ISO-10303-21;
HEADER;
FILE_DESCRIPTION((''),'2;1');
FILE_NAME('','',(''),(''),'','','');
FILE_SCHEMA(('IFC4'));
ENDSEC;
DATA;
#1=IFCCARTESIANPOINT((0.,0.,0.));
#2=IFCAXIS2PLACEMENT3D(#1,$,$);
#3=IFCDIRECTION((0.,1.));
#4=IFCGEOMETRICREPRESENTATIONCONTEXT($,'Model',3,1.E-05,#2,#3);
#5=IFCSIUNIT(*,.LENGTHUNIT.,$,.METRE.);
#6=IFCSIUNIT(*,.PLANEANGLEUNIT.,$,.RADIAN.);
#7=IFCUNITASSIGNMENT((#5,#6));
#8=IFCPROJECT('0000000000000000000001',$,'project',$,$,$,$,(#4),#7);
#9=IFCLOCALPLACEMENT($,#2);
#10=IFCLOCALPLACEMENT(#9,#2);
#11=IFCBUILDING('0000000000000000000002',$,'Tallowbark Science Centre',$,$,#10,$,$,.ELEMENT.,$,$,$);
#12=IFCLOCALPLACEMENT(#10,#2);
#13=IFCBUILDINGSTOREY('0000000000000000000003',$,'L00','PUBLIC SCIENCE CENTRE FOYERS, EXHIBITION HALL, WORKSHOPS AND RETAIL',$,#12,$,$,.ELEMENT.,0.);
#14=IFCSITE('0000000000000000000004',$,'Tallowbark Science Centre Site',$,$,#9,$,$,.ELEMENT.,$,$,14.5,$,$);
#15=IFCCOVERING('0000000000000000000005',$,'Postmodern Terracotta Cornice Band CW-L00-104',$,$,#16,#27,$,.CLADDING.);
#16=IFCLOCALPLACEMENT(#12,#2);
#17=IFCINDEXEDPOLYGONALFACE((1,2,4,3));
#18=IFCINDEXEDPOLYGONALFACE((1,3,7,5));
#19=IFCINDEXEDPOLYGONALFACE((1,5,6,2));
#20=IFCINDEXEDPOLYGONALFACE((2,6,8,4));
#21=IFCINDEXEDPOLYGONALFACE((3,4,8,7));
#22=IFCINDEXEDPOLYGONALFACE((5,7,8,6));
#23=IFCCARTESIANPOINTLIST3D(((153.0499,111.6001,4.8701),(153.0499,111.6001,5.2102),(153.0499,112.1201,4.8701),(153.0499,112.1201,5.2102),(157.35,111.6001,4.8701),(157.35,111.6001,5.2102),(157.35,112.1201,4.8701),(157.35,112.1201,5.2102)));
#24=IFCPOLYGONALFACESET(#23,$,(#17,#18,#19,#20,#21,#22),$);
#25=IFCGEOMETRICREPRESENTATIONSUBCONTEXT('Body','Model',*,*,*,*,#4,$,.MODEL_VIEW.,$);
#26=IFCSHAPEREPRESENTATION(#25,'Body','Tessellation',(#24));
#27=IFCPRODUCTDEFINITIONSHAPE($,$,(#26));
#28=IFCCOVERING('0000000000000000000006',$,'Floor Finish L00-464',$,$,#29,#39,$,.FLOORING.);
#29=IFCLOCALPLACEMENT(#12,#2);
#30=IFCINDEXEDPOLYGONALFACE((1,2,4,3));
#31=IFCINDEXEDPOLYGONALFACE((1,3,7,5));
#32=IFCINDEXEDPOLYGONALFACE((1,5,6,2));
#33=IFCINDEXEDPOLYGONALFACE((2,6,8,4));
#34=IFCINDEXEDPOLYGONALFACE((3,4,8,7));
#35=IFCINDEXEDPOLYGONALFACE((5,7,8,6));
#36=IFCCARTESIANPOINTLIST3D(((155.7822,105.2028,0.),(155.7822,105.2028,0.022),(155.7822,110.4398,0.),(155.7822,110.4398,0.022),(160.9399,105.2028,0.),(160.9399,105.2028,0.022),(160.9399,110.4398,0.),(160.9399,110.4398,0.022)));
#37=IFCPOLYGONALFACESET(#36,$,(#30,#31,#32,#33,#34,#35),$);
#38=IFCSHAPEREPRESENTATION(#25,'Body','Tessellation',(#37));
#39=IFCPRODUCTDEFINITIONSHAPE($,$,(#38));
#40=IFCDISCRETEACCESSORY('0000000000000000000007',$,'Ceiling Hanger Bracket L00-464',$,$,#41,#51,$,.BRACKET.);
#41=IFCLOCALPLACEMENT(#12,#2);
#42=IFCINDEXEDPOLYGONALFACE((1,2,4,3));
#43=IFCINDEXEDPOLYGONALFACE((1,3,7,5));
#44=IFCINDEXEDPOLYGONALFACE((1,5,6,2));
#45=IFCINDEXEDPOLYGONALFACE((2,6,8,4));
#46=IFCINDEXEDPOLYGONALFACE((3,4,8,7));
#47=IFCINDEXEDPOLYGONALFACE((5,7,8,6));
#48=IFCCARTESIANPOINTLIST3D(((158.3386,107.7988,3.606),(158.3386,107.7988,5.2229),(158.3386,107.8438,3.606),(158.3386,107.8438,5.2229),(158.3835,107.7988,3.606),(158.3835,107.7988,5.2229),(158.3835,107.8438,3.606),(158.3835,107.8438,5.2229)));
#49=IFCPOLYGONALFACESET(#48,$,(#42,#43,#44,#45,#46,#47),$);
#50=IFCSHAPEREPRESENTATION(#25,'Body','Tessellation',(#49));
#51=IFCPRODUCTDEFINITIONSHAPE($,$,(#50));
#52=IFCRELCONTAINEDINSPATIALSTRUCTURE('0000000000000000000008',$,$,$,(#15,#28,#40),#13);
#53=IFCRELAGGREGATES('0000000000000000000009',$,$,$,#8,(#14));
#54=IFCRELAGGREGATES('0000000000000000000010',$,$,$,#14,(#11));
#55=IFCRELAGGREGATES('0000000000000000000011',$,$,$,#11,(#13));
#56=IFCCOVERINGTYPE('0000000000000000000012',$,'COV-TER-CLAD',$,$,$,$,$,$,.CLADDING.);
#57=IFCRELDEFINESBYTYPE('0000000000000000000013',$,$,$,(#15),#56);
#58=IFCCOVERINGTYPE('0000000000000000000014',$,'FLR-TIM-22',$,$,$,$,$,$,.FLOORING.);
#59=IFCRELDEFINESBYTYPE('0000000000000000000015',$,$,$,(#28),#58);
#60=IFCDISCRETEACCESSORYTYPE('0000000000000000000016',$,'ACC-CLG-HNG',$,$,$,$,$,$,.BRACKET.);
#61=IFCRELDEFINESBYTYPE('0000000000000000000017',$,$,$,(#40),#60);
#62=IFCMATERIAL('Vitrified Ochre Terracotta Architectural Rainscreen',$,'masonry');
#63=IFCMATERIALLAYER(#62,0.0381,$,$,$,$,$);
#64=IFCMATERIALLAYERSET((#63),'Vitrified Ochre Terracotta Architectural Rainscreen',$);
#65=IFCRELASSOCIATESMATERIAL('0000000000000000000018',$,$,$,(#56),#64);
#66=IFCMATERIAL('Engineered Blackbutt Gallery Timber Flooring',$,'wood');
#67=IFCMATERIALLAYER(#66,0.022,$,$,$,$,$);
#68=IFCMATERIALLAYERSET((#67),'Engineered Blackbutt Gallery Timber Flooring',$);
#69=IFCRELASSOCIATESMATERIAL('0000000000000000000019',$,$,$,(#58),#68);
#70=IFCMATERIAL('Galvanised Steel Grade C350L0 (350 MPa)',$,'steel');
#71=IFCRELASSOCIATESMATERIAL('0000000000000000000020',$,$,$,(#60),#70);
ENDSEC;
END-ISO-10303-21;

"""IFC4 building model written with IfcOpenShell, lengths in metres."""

from ifc_helpers import new_model, si_unit, direction, frame, origin, origin_2d, place, context, subcontext, project, spatial, rectangle, extrude, material, layer, layer_set, type_object, element, save


model = new_model("IFC4")

# Units and contexts
model_context = context("Model", 3, precision=1e-05, world=origin(), true_north=direction((0.0, 1.0)))
body_context = subcontext(model_context, "Body", "Model", "MODEL_VIEW")
ifc_project = project(units=[si_unit("LENGTHUNIT", "METRE"), si_unit("PLANEANGLEUNIT", "RADIAN")], contexts=[model_context])

# Site, building, storey
site_placement = place(None, origin())
site = spatial("IfcSite", under=ifc_project, at=site_placement, Name="Tallowbark Science Centre Site", CompositionType="ELEMENT", RefElevation=14.5)
building_placement = place(site_placement, origin())
building = spatial("IfcBuilding", under=site, at=building_placement, Name="Tallowbark Science Centre", CompositionType="ELEMENT")
storey_placement = place(building_placement, origin())
storey = spatial("IfcBuildingStorey", under=building, at=storey_placement, Name="L00", Description="PUBLIC SCIENCE CENTRE FOYERS, EXHIBITION HALL, WORKSHOPS AND RETAIL", CompositionType="ELEMENT", Elevation=0.0)

# Coverings
ifc_material_1 = material(Name="Vitrified Ochre Terracotta Architectural Rainscreen", Category="masonry")
ifc_layer_1 = layer(ifc_material_1, 0.0381)
ifc_layer_set_1 = layer_set([ifc_layer_1], Name="Vitrified Ochre Terracotta Architectural Rainscreen")
covering_type_1 = type_object("IfcCoveringType", Name="COV-TER-CLAD", PredefinedType="CLADDING", material=ifc_layer_set_1)
covering_1_placement = place(storey_placement, frame((155.2, 111.8601, 4.8701), z_axis=(0.0, 0.0, 1.0), x_axis=(-1.0, 0.0, 0.0)))
element("IfcCovering", 1, at=covering_1_placement, inside=storey, type_object=covering_type_1, Name="Postmodern Terracotta Cornice Band CW-L00-104", PredefinedType="CLADDING", context=body_context, shape_type="SweptSolid", body=[
    extrude(rectangle(XDim=4.3, YDim=0.52, at=origin_2d()), origin(), (0.0, 0.0, 1.0), 0.3401),
])
ifc_material_2 = material(Name="Engineered Blackbutt Gallery Timber Flooring", Category="wood")
ifc_layer_2 = layer(ifc_material_2, 0.022)
ifc_layer_set_2 = layer_set([ifc_layer_2], Name="Engineered Blackbutt Gallery Timber Flooring")
covering_type_2 = type_object("IfcCoveringType", Name="FLR-TIM-22", PredefinedType="FLOORING", material=ifc_layer_set_2)
covering_2_placement = place(storey_placement, frame((158.3611, 107.8213, 0.0), z_axis=(0.0, 0.0, 1.0), x_axis=(1.0, 0.0, 0.0)))
element("IfcCovering", 2, at=covering_2_placement, inside=storey, type_object=covering_type_2, Name="Floor Finish L00-464", PredefinedType="FLOORING", context=body_context, shape_type="SweptSolid", body=[
    extrude(rectangle(XDim=5.1577, YDim=5.2371, at=origin_2d()), origin(), (0.0, 0.0, 1.0), 0.022),
])

# Discrete accessory
ifc_material_3 = material(Name="Galvanised Steel Grade C350L0 (350 MPa)", Category="steel")
discrete_accessory_type = type_object("IfcDiscreteAccessoryType", Name="ACC-CLG-HNG", PredefinedType="BRACKET", material=ifc_material_3)
discrete_accessory_placement = place(storey_placement, frame((158.3611, 107.8213, 3.606), z_axis=(0.0, 0.0, 1.0), x_axis=(1.0, 0.0, 0.0)))
element("IfcDiscreteAccessory", 3, at=discrete_accessory_placement, inside=storey, type_object=discrete_accessory_type, Name="Ceiling Hanger Bracket L00-464", PredefinedType="BRACKET", context=body_context, shape_type="SweptSolid", body=[
    extrude(rectangle(XDim=0.0449, YDim=0.0449, at=origin_2d()), origin(), (0.0, 0.0, 1.0), 1.6169),
])

save(model, "model.ifc")
